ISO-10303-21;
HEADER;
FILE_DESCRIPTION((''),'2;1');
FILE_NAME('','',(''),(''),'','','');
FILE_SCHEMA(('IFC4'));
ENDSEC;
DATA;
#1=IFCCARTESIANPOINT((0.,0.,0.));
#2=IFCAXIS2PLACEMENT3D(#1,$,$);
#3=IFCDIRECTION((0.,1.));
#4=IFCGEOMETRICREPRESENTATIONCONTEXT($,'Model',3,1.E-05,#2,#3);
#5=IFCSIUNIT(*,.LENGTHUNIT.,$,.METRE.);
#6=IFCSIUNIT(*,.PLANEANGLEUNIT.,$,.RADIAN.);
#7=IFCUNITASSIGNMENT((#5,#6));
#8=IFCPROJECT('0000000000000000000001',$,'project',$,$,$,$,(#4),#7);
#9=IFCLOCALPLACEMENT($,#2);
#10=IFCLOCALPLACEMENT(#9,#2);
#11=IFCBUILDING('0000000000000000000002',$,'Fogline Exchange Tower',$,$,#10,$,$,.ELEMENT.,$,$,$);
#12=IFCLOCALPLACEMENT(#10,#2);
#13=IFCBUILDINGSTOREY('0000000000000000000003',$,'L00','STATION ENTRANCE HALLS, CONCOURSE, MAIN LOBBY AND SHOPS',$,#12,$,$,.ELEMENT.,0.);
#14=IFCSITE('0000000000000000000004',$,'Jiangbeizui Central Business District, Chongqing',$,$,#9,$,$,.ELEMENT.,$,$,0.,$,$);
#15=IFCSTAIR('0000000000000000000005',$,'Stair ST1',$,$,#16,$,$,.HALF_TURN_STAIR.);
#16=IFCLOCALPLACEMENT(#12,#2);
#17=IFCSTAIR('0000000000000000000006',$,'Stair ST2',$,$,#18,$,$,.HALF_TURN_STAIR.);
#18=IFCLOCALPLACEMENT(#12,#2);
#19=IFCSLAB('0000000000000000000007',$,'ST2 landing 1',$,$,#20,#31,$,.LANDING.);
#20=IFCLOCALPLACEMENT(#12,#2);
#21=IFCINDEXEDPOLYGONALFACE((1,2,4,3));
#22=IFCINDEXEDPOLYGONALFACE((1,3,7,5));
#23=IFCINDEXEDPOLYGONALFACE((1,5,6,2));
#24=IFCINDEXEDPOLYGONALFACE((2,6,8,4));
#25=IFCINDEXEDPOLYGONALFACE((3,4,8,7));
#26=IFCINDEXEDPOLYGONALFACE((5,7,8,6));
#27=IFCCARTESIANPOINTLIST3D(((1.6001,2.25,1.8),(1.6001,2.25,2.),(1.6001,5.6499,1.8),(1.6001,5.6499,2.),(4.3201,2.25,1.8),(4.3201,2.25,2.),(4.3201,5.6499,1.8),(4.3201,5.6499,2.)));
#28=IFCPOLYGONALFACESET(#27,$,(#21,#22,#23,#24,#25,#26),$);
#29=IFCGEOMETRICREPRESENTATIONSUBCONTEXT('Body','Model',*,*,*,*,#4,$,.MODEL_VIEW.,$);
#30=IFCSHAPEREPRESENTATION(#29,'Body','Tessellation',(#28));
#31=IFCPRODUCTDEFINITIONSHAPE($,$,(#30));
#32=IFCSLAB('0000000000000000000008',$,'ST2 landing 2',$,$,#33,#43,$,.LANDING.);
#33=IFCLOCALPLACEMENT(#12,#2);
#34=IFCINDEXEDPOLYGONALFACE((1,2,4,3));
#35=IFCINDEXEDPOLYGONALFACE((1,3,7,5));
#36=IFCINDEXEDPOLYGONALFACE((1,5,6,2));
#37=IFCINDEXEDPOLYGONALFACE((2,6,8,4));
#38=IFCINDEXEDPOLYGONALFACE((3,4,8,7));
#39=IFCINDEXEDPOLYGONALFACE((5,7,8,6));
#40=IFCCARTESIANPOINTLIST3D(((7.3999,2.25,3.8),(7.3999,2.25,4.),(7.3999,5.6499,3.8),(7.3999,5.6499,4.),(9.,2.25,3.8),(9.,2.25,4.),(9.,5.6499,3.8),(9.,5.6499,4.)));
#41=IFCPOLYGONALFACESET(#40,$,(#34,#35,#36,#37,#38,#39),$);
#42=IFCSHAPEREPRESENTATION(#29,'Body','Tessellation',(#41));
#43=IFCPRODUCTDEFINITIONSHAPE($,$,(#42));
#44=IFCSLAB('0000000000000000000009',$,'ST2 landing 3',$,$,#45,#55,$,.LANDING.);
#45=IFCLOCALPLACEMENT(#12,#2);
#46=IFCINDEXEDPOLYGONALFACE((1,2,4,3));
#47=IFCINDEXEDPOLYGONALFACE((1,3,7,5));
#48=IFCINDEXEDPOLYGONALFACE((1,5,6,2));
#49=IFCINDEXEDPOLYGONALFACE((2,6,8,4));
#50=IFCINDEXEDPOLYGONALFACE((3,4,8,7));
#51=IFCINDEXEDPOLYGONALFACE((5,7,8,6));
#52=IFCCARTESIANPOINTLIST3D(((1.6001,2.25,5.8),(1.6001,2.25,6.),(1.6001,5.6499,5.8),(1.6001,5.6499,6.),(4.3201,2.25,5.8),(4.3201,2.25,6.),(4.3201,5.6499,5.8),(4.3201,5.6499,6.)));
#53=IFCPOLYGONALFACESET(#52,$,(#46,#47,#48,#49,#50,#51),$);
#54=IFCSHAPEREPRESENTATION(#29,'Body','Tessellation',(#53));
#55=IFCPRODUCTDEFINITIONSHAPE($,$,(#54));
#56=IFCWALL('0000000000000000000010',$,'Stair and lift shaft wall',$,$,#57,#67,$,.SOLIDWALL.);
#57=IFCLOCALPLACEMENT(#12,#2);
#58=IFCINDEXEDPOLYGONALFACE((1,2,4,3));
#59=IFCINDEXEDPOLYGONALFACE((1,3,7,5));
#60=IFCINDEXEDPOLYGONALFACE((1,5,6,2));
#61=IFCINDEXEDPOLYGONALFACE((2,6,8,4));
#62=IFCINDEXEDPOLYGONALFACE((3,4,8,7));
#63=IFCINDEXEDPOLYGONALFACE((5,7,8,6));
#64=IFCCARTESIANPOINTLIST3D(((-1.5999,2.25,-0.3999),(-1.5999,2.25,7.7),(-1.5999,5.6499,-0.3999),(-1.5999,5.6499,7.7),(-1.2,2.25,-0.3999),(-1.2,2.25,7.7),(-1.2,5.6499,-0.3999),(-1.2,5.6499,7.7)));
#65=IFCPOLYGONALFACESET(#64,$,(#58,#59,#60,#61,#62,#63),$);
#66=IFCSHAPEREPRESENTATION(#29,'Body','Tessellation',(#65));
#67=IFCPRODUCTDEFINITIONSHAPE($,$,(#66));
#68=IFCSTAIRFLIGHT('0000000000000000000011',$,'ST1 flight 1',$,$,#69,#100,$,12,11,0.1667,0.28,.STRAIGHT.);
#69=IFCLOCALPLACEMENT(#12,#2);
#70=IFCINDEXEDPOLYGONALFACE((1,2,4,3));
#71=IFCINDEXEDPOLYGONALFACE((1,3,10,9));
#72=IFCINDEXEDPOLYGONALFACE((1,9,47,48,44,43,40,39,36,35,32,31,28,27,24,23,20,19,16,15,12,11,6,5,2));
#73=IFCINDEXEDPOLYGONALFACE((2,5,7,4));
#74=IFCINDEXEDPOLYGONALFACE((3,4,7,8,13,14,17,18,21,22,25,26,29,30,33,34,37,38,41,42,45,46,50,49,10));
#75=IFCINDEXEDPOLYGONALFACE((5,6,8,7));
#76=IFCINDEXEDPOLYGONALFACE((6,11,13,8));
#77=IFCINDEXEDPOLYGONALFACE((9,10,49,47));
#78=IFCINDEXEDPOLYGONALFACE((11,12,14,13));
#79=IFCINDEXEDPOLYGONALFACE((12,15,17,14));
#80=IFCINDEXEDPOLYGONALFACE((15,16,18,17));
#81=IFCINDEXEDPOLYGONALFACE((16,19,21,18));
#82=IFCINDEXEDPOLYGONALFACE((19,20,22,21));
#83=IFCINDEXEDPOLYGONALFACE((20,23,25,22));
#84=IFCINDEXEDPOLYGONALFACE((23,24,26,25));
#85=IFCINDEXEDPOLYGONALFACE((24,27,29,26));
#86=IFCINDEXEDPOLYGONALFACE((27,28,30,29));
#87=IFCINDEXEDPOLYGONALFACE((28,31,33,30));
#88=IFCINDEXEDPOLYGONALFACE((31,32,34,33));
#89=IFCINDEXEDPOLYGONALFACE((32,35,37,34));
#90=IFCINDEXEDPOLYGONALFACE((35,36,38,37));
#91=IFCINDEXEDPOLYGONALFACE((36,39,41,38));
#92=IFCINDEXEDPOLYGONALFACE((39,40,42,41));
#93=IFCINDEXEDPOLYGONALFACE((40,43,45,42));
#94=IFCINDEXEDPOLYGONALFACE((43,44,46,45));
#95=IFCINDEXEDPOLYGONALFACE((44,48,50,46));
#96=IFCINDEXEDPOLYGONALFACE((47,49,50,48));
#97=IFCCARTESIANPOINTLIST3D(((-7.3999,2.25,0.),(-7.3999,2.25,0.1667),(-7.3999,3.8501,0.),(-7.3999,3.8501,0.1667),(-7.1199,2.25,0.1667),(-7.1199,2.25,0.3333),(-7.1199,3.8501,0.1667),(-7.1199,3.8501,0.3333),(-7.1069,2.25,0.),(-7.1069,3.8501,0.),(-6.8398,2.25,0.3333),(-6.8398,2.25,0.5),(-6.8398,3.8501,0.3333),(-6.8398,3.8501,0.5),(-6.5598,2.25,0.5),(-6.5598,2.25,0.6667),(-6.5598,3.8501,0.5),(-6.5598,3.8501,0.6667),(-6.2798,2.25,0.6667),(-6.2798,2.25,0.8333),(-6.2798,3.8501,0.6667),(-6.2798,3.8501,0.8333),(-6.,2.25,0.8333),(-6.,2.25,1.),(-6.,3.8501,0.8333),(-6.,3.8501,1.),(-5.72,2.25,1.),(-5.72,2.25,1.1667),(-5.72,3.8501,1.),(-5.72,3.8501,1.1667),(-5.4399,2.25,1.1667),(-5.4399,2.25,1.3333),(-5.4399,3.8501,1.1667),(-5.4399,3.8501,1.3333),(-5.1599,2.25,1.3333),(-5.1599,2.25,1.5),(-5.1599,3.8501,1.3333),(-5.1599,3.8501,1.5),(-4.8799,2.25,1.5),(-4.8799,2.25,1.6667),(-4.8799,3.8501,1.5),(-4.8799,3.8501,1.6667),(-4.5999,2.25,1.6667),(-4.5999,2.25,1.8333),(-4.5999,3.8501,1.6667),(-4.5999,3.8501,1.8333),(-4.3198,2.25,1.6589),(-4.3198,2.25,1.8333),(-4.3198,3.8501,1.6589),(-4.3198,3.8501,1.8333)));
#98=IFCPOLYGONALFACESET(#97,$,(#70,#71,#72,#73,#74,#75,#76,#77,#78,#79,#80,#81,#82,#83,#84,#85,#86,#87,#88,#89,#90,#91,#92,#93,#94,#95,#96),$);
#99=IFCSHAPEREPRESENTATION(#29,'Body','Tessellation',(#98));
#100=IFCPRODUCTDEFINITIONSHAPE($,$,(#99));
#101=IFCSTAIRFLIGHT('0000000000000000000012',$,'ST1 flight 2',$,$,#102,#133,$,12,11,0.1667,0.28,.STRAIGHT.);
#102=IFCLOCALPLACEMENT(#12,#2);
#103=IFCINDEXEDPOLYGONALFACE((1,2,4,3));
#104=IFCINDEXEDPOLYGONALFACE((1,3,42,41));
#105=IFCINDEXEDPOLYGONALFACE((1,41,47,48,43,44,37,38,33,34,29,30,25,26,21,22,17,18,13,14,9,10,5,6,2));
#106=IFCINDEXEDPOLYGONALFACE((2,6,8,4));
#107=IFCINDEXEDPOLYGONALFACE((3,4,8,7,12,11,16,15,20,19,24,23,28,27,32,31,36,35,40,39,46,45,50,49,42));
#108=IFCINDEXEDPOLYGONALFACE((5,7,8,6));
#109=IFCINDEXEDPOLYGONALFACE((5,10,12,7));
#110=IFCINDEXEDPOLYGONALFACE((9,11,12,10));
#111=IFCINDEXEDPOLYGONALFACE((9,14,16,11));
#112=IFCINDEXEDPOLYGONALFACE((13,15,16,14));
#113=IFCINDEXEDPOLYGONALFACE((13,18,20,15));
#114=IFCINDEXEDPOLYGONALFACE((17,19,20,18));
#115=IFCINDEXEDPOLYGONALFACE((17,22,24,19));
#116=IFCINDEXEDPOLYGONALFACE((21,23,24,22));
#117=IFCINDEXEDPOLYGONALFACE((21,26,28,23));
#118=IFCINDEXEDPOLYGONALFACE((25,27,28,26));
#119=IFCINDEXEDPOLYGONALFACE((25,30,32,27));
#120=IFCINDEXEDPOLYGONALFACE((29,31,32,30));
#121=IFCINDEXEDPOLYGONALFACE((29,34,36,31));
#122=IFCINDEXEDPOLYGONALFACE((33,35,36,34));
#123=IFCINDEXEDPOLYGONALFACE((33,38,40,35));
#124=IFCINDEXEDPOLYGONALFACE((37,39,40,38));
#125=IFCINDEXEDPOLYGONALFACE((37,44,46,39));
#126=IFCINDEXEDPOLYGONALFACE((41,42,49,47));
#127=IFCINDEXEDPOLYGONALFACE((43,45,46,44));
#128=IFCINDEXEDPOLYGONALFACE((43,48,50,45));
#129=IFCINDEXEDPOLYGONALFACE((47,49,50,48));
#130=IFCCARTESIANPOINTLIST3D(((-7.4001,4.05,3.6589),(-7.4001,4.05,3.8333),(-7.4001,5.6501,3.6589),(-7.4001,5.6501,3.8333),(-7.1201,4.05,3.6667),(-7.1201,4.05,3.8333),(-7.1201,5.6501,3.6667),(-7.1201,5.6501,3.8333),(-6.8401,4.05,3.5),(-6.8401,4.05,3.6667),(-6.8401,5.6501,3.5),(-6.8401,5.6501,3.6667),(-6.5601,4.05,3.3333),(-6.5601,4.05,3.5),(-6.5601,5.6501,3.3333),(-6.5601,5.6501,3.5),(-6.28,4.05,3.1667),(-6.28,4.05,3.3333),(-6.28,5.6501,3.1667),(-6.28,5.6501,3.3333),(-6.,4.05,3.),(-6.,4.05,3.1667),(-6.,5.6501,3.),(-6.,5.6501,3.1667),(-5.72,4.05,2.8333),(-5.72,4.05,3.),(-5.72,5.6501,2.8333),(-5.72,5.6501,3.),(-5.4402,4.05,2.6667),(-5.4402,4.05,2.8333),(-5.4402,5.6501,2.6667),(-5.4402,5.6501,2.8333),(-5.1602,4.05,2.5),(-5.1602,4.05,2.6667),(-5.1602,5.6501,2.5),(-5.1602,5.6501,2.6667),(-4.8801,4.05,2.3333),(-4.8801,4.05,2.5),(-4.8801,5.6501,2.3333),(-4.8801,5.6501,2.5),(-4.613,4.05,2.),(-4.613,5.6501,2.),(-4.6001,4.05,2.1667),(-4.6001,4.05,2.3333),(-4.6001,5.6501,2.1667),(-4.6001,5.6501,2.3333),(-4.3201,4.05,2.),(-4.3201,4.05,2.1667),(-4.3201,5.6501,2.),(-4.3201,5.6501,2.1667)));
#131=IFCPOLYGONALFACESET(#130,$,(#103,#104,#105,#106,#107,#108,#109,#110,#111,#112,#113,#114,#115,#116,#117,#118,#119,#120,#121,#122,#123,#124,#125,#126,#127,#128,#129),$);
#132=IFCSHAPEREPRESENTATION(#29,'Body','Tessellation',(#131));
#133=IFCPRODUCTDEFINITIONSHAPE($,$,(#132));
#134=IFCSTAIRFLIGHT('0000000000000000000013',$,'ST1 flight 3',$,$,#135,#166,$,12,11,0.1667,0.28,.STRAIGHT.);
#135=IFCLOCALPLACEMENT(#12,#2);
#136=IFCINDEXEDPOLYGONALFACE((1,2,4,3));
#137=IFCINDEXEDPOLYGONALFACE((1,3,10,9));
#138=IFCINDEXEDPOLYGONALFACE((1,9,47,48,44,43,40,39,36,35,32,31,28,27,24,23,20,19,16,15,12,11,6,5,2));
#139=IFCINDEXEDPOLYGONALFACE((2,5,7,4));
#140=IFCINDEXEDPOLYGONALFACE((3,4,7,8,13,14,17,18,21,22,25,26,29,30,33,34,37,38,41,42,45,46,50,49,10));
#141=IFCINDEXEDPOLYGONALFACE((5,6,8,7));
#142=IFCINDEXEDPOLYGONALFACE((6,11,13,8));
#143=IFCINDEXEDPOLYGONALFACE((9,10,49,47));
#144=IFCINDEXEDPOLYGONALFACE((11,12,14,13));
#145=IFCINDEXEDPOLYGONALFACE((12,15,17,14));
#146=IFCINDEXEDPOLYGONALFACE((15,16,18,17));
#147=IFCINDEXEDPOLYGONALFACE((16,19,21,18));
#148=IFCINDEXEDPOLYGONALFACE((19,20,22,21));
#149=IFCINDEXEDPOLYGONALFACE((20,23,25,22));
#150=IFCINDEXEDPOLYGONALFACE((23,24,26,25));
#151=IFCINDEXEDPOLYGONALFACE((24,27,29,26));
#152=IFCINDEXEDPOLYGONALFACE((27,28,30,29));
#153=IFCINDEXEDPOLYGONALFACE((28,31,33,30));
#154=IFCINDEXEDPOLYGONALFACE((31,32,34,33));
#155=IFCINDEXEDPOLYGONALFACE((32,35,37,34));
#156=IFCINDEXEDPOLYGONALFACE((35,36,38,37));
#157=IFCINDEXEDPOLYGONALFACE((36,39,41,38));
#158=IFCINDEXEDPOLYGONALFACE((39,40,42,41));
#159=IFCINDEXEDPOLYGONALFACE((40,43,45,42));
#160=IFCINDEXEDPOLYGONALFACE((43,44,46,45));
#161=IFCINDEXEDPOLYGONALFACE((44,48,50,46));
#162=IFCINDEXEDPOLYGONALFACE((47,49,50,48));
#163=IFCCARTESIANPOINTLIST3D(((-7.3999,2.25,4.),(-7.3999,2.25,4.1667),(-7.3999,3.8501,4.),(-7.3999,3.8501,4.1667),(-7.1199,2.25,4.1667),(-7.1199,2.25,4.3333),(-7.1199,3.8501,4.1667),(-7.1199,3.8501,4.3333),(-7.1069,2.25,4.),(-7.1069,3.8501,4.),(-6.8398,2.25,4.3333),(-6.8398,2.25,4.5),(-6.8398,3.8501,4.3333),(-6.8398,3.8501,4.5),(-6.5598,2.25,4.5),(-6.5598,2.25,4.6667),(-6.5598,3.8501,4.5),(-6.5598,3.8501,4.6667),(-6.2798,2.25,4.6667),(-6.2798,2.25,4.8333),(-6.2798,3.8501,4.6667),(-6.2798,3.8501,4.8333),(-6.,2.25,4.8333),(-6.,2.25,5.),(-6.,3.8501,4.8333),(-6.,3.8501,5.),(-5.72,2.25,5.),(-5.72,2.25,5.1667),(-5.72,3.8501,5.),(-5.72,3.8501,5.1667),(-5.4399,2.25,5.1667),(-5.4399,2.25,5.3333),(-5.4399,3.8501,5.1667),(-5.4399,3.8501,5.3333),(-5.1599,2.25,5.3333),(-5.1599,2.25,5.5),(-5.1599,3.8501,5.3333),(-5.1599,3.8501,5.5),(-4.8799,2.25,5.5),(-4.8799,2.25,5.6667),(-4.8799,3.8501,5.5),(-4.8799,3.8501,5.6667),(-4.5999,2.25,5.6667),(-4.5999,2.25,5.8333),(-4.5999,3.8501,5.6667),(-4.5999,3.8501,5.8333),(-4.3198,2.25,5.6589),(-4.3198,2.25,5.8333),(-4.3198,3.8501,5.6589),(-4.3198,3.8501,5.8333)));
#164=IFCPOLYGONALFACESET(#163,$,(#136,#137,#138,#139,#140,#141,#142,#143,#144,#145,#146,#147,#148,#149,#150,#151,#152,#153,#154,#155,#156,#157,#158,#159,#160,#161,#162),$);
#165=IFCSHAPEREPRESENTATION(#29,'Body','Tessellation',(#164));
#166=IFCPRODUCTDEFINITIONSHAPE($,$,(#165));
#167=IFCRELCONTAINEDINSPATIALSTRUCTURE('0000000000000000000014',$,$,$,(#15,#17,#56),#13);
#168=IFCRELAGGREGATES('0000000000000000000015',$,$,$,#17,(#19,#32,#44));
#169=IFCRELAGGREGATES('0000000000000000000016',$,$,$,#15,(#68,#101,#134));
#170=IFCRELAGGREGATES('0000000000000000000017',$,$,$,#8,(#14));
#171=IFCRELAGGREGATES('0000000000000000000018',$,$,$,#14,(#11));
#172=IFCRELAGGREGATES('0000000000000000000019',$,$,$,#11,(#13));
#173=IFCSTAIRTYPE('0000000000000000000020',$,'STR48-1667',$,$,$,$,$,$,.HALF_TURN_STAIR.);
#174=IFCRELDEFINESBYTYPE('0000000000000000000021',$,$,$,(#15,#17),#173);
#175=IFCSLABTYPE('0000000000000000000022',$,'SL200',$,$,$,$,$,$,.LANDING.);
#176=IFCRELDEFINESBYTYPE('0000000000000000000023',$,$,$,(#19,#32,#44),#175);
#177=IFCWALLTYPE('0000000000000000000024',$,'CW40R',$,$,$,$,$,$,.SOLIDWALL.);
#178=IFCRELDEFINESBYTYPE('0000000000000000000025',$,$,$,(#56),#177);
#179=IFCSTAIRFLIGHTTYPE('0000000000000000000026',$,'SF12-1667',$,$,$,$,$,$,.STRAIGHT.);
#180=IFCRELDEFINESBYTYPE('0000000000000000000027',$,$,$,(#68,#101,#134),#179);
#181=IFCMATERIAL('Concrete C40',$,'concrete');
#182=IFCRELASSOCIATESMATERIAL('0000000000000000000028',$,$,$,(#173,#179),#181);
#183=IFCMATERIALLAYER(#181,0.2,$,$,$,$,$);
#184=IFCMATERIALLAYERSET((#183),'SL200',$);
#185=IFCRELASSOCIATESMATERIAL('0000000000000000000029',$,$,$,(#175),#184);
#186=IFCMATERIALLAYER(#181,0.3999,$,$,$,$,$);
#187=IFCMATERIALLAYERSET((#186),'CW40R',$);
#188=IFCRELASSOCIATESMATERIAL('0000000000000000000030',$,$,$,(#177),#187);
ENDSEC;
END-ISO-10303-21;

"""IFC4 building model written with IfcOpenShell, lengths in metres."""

from ifc_helpers import new_model, si_unit, direction, frame, frame_2d, origin, place, context, subcontext, project, spatial, polyline, rectangle, outline, extrude, material, layer, layer_set, type_object, element, aggregate, save


model = new_model("IFC4")

# Units and contexts
model_context = context("Model", 3, precision=1e-05, world=origin(), true_north=direction((0.0, 1.0)))
body_context = subcontext(model_context, "Body", "Model", "MODEL_VIEW")
ifc_project = project(units=[si_unit("LENGTHUNIT", "METRE"), si_unit("PLANEANGLEUNIT", "RADIAN")], contexts=[model_context])

# Site, building, storey
site_placement = place(None, origin())
site = spatial("IfcSite", under=ifc_project, at=site_placement, Name="Jiangbeizui Central Business District, Chongqing", CompositionType="ELEMENT", RefElevation=0.0)
building_placement = place(site_placement, origin())
building = spatial("IfcBuilding", under=site, at=building_placement, Name="Fogline Exchange Tower", CompositionType="ELEMENT")
storey_placement = place(building_placement, origin())
storey = spatial("IfcBuildingStorey", under=building, at=storey_placement, Name="L00", Description="STATION ENTRANCE HALLS, CONCOURSE, MAIN LOBBY AND SHOPS", CompositionType="ELEMENT", Elevation=0.0)

# Shared definitions
ifc_material_1 = material(Name="Concrete C40", Category="concrete")

# Stairs, slabs
stair_type = type_object("IfcStairType", Name="STR48-1667", PredefinedType="HALF_TURN_STAIR", material=ifc_material_1)
stair_1_placement = place(storey_placement, origin())
stair_1 = element("IfcStair", 1, at=stair_1_placement, inside=storey, type_object=stair_type, Name="Stair ST1", PredefinedType="HALF_TURN_STAIR")
ifc_layer_1 = layer(ifc_material_1, 0.2)
ifc_layer_set_1 = layer_set([ifc_layer_1], Name="SL200")
slab_type_1 = type_object("IfcSlabType", Name="SL200", PredefinedType="LANDING", material=ifc_layer_set_1)
stair_2_placement = place(storey_placement, origin())
stair_2 = element("IfcStair", 2, at=stair_2_placement, inside=storey, type_object=stair_type, Name="Stair ST2", PredefinedType="HALF_TURN_STAIR")
slab_1_placement = place(storey_placement, frame((0.0, 0.0, 1.8)))
slab_1 = element("IfcSlab", 3, at=slab_1_placement, type_object=slab_type_1, Name="ST2 landing 1", PredefinedType="LANDING", context=body_context, shape_type="SweptSolid", body=[
    extrude(outline(polyline([(1.6001, 2.25), (4.3201, 2.25), (4.3201, 5.6499), (1.6001, 5.6499), (1.6001, 2.25)])), origin(), (0.0, 0.0, 1.0), 0.2),
])
slab_2_placement = place(storey_placement, frame((0.0, 0.0, 3.8)))
slab_2 = element("IfcSlab", 4, at=slab_2_placement, type_object=slab_type_1, Name="ST2 landing 2", PredefinedType="LANDING", context=body_context, shape_type="SweptSolid", body=[
    extrude(outline(polyline([(7.3999, 2.25), (9.0, 2.25), (9.0, 5.6499), (7.3999, 5.6499), (7.3999, 2.25)])), origin(), (0.0, 0.0, 1.0), 0.2),
])
slab_3_placement = place(storey_placement, frame((0.0, 0.0, 5.8)))
slab_3 = element("IfcSlab", 5, at=slab_3_placement, type_object=slab_type_1, Name="ST2 landing 3", PredefinedType="LANDING", context=body_context, shape_type="SweptSolid", body=[
    extrude(outline(polyline([(1.6001, 2.25), (4.3201, 2.25), (4.3201, 5.6499), (1.6001, 5.6499), (1.6001, 2.25)])), origin(), (0.0, 0.0, 1.0), 0.2),
])
aggregate(stair_2, [slab_1, slab_2, slab_3])

# Wall
ifc_layer_2 = layer(ifc_material_1, 0.3999)
ifc_layer_set_2 = layer_set([ifc_layer_2], Name="CW40R")
wall_type = type_object("IfcWallType", Name="CW40R", PredefinedType="SOLIDWALL", material=ifc_layer_set_2)
wall_placement = place(storey_placement, frame((-1.3999, 2.25, -0.3999), z_axis=(0.0, 0.0, 1.0), x_axis=(0.0, 1.0, 0.0)))
element("IfcWall", 6, at=wall_placement, inside=storey, type_object=wall_type, Name="Stair and lift shaft wall", PredefinedType="SOLIDWALL", context=body_context, shape_type="SweptSolid", body=[
    extrude(rectangle(XDim=3.3999, YDim=0.3999, at=frame_2d((1.7, 0.0))), origin(), (0.0, 0.0, 1.0), 8.0999),
])

# Stair flights
stair_flight_type = type_object("IfcStairFlightType", Name="SF12-1667", PredefinedType="STRAIGHT", material=ifc_material_1)
stair_flight_1_placement = place(storey_placement, frame((-7.3999, 3.05, 0.0), z_axis=(0.0, 0.0, 1.0), x_axis=(1.0, 0.0, 0.0)))
stair_flight_1 = element("IfcStairFlight", 7, at=stair_flight_1_placement, type_object=stair_flight_type, Name="ST1 flight 1", NumberOfRisers=12, NumberOfTreads=11, PredefinedType="STRAIGHT", RiserHeight=0.1667, TreadLength=0.28, context=body_context, shape_type="SweptSolid", body=[
    extrude(outline(polyline([(0.0, 0.0), (0.0, 0.1667), (0.28, 0.1667), (0.28, 0.3333), (0.5601, 0.3333), (0.5601, 0.5), (0.8401, 0.5), (0.8401, 0.6667), (1.1201, 0.6667), (1.1201, 0.8333), (1.3999, 0.8333), (1.3999, 1.0), (1.6799, 1.0), (1.6799, 1.1667), (1.96, 1.1667), (1.96, 1.3333), (2.24, 1.3333), (2.24, 1.5), (2.52, 1.5), (2.52, 1.6667), (2.8, 1.6667), (2.8, 1.8333), (3.0801, 1.8333), (3.0801, 2.0), (3.0801, 1.6589), (0.293, 0.0), (0.0, 0.0)])), frame((0.0, 0.8, 0.0), z_axis=(0.0, -1.0, 0.0), x_axis=(1.0, 0.0, 0.0)), (0.0, 0.0, 1.0), 1.6001),
])
stair_flight_2_placement = place(storey_placement, frame((-4.3201, 4.8501, 2.0), z_axis=(0.0, 0.0, 1.0), x_axis=(-1.0, 0.0, 0.0)))
stair_flight_2 = element("IfcStairFlight", 8, at=stair_flight_2_placement, type_object=stair_flight_type, Name="ST1 flight 2", NumberOfRisers=12, NumberOfTreads=11, PredefinedType="STRAIGHT", RiserHeight=0.1667, TreadLength=0.28, context=body_context, shape_type="SweptSolid", body=[
    extrude(outline(polyline([(0.0, 0.0), (0.0, 0.1667), (0.28, 0.1667), (0.28, 0.3333), (0.5601, 0.3333), (0.5601, 0.5), (0.8401, 0.5), (0.8401, 0.6667), (1.1201, 0.6667), (1.1201, 0.8333), (1.3999, 0.8333), (1.3999, 1.0), (1.6799, 1.0), (1.6799, 1.1667), (1.96, 1.1667), (1.96, 1.3333), (2.24, 1.3333), (2.24, 1.5), (2.52, 1.5), (2.52, 1.6667), (2.8, 1.6667), (2.8, 1.8333), (3.0801, 1.8333), (3.0801, 2.0), (3.0801, 1.6589), (0.293, 0.0), (0.0, 0.0)])), frame((0.0, 0.8, 0.0), z_axis=(0.0, -1.0, 0.0), x_axis=(1.0, 0.0, 0.0)), (0.0, 0.0, 1.0), 1.6001),
])
stair_flight_3_placement = place(storey_placement, frame((-7.3999, 3.05, 4.0), z_axis=(0.0, 0.0, 1.0), x_axis=(1.0, 0.0, 0.0)))
stair_flight_3 = element("IfcStairFlight", 9, at=stair_flight_3_placement, type_object=stair_flight_type, Name="ST1 flight 3", NumberOfRisers=12, NumberOfTreads=11, PredefinedType="STRAIGHT", RiserHeight=0.1667, TreadLength=0.28, context=body_context, shape_type="SweptSolid", body=[
    extrude(outline(polyline([(0.0, 0.0), (0.0, 0.1667), (0.28, 0.1667), (0.28, 0.3333), (0.5601, 0.3333), (0.5601, 0.5), (0.8401, 0.5), (0.8401, 0.6667), (1.1201, 0.6667), (1.1201, 0.8333), (1.3999, 0.8333), (1.3999, 1.0), (1.6799, 1.0), (1.6799, 1.1667), (1.96, 1.1667), (1.96, 1.3333), (2.24, 1.3333), (2.24, 1.5), (2.52, 1.5), (2.52, 1.6667), (2.8, 1.6667), (2.8, 1.8333), (3.0801, 1.8333), (3.0801, 2.0), (3.0801, 1.6589), (0.293, 0.0), (0.0, 0.0)])), frame((0.0, 0.8, 0.0), z_axis=(0.0, -1.0, 0.0), x_axis=(1.0, 0.0, 0.0)), (0.0, 0.0, 1.0), 1.6001),
])
aggregate(stair_1, [stair_flight_1, stair_flight_2, stair_flight_3])

save(model, "model.ifc")
